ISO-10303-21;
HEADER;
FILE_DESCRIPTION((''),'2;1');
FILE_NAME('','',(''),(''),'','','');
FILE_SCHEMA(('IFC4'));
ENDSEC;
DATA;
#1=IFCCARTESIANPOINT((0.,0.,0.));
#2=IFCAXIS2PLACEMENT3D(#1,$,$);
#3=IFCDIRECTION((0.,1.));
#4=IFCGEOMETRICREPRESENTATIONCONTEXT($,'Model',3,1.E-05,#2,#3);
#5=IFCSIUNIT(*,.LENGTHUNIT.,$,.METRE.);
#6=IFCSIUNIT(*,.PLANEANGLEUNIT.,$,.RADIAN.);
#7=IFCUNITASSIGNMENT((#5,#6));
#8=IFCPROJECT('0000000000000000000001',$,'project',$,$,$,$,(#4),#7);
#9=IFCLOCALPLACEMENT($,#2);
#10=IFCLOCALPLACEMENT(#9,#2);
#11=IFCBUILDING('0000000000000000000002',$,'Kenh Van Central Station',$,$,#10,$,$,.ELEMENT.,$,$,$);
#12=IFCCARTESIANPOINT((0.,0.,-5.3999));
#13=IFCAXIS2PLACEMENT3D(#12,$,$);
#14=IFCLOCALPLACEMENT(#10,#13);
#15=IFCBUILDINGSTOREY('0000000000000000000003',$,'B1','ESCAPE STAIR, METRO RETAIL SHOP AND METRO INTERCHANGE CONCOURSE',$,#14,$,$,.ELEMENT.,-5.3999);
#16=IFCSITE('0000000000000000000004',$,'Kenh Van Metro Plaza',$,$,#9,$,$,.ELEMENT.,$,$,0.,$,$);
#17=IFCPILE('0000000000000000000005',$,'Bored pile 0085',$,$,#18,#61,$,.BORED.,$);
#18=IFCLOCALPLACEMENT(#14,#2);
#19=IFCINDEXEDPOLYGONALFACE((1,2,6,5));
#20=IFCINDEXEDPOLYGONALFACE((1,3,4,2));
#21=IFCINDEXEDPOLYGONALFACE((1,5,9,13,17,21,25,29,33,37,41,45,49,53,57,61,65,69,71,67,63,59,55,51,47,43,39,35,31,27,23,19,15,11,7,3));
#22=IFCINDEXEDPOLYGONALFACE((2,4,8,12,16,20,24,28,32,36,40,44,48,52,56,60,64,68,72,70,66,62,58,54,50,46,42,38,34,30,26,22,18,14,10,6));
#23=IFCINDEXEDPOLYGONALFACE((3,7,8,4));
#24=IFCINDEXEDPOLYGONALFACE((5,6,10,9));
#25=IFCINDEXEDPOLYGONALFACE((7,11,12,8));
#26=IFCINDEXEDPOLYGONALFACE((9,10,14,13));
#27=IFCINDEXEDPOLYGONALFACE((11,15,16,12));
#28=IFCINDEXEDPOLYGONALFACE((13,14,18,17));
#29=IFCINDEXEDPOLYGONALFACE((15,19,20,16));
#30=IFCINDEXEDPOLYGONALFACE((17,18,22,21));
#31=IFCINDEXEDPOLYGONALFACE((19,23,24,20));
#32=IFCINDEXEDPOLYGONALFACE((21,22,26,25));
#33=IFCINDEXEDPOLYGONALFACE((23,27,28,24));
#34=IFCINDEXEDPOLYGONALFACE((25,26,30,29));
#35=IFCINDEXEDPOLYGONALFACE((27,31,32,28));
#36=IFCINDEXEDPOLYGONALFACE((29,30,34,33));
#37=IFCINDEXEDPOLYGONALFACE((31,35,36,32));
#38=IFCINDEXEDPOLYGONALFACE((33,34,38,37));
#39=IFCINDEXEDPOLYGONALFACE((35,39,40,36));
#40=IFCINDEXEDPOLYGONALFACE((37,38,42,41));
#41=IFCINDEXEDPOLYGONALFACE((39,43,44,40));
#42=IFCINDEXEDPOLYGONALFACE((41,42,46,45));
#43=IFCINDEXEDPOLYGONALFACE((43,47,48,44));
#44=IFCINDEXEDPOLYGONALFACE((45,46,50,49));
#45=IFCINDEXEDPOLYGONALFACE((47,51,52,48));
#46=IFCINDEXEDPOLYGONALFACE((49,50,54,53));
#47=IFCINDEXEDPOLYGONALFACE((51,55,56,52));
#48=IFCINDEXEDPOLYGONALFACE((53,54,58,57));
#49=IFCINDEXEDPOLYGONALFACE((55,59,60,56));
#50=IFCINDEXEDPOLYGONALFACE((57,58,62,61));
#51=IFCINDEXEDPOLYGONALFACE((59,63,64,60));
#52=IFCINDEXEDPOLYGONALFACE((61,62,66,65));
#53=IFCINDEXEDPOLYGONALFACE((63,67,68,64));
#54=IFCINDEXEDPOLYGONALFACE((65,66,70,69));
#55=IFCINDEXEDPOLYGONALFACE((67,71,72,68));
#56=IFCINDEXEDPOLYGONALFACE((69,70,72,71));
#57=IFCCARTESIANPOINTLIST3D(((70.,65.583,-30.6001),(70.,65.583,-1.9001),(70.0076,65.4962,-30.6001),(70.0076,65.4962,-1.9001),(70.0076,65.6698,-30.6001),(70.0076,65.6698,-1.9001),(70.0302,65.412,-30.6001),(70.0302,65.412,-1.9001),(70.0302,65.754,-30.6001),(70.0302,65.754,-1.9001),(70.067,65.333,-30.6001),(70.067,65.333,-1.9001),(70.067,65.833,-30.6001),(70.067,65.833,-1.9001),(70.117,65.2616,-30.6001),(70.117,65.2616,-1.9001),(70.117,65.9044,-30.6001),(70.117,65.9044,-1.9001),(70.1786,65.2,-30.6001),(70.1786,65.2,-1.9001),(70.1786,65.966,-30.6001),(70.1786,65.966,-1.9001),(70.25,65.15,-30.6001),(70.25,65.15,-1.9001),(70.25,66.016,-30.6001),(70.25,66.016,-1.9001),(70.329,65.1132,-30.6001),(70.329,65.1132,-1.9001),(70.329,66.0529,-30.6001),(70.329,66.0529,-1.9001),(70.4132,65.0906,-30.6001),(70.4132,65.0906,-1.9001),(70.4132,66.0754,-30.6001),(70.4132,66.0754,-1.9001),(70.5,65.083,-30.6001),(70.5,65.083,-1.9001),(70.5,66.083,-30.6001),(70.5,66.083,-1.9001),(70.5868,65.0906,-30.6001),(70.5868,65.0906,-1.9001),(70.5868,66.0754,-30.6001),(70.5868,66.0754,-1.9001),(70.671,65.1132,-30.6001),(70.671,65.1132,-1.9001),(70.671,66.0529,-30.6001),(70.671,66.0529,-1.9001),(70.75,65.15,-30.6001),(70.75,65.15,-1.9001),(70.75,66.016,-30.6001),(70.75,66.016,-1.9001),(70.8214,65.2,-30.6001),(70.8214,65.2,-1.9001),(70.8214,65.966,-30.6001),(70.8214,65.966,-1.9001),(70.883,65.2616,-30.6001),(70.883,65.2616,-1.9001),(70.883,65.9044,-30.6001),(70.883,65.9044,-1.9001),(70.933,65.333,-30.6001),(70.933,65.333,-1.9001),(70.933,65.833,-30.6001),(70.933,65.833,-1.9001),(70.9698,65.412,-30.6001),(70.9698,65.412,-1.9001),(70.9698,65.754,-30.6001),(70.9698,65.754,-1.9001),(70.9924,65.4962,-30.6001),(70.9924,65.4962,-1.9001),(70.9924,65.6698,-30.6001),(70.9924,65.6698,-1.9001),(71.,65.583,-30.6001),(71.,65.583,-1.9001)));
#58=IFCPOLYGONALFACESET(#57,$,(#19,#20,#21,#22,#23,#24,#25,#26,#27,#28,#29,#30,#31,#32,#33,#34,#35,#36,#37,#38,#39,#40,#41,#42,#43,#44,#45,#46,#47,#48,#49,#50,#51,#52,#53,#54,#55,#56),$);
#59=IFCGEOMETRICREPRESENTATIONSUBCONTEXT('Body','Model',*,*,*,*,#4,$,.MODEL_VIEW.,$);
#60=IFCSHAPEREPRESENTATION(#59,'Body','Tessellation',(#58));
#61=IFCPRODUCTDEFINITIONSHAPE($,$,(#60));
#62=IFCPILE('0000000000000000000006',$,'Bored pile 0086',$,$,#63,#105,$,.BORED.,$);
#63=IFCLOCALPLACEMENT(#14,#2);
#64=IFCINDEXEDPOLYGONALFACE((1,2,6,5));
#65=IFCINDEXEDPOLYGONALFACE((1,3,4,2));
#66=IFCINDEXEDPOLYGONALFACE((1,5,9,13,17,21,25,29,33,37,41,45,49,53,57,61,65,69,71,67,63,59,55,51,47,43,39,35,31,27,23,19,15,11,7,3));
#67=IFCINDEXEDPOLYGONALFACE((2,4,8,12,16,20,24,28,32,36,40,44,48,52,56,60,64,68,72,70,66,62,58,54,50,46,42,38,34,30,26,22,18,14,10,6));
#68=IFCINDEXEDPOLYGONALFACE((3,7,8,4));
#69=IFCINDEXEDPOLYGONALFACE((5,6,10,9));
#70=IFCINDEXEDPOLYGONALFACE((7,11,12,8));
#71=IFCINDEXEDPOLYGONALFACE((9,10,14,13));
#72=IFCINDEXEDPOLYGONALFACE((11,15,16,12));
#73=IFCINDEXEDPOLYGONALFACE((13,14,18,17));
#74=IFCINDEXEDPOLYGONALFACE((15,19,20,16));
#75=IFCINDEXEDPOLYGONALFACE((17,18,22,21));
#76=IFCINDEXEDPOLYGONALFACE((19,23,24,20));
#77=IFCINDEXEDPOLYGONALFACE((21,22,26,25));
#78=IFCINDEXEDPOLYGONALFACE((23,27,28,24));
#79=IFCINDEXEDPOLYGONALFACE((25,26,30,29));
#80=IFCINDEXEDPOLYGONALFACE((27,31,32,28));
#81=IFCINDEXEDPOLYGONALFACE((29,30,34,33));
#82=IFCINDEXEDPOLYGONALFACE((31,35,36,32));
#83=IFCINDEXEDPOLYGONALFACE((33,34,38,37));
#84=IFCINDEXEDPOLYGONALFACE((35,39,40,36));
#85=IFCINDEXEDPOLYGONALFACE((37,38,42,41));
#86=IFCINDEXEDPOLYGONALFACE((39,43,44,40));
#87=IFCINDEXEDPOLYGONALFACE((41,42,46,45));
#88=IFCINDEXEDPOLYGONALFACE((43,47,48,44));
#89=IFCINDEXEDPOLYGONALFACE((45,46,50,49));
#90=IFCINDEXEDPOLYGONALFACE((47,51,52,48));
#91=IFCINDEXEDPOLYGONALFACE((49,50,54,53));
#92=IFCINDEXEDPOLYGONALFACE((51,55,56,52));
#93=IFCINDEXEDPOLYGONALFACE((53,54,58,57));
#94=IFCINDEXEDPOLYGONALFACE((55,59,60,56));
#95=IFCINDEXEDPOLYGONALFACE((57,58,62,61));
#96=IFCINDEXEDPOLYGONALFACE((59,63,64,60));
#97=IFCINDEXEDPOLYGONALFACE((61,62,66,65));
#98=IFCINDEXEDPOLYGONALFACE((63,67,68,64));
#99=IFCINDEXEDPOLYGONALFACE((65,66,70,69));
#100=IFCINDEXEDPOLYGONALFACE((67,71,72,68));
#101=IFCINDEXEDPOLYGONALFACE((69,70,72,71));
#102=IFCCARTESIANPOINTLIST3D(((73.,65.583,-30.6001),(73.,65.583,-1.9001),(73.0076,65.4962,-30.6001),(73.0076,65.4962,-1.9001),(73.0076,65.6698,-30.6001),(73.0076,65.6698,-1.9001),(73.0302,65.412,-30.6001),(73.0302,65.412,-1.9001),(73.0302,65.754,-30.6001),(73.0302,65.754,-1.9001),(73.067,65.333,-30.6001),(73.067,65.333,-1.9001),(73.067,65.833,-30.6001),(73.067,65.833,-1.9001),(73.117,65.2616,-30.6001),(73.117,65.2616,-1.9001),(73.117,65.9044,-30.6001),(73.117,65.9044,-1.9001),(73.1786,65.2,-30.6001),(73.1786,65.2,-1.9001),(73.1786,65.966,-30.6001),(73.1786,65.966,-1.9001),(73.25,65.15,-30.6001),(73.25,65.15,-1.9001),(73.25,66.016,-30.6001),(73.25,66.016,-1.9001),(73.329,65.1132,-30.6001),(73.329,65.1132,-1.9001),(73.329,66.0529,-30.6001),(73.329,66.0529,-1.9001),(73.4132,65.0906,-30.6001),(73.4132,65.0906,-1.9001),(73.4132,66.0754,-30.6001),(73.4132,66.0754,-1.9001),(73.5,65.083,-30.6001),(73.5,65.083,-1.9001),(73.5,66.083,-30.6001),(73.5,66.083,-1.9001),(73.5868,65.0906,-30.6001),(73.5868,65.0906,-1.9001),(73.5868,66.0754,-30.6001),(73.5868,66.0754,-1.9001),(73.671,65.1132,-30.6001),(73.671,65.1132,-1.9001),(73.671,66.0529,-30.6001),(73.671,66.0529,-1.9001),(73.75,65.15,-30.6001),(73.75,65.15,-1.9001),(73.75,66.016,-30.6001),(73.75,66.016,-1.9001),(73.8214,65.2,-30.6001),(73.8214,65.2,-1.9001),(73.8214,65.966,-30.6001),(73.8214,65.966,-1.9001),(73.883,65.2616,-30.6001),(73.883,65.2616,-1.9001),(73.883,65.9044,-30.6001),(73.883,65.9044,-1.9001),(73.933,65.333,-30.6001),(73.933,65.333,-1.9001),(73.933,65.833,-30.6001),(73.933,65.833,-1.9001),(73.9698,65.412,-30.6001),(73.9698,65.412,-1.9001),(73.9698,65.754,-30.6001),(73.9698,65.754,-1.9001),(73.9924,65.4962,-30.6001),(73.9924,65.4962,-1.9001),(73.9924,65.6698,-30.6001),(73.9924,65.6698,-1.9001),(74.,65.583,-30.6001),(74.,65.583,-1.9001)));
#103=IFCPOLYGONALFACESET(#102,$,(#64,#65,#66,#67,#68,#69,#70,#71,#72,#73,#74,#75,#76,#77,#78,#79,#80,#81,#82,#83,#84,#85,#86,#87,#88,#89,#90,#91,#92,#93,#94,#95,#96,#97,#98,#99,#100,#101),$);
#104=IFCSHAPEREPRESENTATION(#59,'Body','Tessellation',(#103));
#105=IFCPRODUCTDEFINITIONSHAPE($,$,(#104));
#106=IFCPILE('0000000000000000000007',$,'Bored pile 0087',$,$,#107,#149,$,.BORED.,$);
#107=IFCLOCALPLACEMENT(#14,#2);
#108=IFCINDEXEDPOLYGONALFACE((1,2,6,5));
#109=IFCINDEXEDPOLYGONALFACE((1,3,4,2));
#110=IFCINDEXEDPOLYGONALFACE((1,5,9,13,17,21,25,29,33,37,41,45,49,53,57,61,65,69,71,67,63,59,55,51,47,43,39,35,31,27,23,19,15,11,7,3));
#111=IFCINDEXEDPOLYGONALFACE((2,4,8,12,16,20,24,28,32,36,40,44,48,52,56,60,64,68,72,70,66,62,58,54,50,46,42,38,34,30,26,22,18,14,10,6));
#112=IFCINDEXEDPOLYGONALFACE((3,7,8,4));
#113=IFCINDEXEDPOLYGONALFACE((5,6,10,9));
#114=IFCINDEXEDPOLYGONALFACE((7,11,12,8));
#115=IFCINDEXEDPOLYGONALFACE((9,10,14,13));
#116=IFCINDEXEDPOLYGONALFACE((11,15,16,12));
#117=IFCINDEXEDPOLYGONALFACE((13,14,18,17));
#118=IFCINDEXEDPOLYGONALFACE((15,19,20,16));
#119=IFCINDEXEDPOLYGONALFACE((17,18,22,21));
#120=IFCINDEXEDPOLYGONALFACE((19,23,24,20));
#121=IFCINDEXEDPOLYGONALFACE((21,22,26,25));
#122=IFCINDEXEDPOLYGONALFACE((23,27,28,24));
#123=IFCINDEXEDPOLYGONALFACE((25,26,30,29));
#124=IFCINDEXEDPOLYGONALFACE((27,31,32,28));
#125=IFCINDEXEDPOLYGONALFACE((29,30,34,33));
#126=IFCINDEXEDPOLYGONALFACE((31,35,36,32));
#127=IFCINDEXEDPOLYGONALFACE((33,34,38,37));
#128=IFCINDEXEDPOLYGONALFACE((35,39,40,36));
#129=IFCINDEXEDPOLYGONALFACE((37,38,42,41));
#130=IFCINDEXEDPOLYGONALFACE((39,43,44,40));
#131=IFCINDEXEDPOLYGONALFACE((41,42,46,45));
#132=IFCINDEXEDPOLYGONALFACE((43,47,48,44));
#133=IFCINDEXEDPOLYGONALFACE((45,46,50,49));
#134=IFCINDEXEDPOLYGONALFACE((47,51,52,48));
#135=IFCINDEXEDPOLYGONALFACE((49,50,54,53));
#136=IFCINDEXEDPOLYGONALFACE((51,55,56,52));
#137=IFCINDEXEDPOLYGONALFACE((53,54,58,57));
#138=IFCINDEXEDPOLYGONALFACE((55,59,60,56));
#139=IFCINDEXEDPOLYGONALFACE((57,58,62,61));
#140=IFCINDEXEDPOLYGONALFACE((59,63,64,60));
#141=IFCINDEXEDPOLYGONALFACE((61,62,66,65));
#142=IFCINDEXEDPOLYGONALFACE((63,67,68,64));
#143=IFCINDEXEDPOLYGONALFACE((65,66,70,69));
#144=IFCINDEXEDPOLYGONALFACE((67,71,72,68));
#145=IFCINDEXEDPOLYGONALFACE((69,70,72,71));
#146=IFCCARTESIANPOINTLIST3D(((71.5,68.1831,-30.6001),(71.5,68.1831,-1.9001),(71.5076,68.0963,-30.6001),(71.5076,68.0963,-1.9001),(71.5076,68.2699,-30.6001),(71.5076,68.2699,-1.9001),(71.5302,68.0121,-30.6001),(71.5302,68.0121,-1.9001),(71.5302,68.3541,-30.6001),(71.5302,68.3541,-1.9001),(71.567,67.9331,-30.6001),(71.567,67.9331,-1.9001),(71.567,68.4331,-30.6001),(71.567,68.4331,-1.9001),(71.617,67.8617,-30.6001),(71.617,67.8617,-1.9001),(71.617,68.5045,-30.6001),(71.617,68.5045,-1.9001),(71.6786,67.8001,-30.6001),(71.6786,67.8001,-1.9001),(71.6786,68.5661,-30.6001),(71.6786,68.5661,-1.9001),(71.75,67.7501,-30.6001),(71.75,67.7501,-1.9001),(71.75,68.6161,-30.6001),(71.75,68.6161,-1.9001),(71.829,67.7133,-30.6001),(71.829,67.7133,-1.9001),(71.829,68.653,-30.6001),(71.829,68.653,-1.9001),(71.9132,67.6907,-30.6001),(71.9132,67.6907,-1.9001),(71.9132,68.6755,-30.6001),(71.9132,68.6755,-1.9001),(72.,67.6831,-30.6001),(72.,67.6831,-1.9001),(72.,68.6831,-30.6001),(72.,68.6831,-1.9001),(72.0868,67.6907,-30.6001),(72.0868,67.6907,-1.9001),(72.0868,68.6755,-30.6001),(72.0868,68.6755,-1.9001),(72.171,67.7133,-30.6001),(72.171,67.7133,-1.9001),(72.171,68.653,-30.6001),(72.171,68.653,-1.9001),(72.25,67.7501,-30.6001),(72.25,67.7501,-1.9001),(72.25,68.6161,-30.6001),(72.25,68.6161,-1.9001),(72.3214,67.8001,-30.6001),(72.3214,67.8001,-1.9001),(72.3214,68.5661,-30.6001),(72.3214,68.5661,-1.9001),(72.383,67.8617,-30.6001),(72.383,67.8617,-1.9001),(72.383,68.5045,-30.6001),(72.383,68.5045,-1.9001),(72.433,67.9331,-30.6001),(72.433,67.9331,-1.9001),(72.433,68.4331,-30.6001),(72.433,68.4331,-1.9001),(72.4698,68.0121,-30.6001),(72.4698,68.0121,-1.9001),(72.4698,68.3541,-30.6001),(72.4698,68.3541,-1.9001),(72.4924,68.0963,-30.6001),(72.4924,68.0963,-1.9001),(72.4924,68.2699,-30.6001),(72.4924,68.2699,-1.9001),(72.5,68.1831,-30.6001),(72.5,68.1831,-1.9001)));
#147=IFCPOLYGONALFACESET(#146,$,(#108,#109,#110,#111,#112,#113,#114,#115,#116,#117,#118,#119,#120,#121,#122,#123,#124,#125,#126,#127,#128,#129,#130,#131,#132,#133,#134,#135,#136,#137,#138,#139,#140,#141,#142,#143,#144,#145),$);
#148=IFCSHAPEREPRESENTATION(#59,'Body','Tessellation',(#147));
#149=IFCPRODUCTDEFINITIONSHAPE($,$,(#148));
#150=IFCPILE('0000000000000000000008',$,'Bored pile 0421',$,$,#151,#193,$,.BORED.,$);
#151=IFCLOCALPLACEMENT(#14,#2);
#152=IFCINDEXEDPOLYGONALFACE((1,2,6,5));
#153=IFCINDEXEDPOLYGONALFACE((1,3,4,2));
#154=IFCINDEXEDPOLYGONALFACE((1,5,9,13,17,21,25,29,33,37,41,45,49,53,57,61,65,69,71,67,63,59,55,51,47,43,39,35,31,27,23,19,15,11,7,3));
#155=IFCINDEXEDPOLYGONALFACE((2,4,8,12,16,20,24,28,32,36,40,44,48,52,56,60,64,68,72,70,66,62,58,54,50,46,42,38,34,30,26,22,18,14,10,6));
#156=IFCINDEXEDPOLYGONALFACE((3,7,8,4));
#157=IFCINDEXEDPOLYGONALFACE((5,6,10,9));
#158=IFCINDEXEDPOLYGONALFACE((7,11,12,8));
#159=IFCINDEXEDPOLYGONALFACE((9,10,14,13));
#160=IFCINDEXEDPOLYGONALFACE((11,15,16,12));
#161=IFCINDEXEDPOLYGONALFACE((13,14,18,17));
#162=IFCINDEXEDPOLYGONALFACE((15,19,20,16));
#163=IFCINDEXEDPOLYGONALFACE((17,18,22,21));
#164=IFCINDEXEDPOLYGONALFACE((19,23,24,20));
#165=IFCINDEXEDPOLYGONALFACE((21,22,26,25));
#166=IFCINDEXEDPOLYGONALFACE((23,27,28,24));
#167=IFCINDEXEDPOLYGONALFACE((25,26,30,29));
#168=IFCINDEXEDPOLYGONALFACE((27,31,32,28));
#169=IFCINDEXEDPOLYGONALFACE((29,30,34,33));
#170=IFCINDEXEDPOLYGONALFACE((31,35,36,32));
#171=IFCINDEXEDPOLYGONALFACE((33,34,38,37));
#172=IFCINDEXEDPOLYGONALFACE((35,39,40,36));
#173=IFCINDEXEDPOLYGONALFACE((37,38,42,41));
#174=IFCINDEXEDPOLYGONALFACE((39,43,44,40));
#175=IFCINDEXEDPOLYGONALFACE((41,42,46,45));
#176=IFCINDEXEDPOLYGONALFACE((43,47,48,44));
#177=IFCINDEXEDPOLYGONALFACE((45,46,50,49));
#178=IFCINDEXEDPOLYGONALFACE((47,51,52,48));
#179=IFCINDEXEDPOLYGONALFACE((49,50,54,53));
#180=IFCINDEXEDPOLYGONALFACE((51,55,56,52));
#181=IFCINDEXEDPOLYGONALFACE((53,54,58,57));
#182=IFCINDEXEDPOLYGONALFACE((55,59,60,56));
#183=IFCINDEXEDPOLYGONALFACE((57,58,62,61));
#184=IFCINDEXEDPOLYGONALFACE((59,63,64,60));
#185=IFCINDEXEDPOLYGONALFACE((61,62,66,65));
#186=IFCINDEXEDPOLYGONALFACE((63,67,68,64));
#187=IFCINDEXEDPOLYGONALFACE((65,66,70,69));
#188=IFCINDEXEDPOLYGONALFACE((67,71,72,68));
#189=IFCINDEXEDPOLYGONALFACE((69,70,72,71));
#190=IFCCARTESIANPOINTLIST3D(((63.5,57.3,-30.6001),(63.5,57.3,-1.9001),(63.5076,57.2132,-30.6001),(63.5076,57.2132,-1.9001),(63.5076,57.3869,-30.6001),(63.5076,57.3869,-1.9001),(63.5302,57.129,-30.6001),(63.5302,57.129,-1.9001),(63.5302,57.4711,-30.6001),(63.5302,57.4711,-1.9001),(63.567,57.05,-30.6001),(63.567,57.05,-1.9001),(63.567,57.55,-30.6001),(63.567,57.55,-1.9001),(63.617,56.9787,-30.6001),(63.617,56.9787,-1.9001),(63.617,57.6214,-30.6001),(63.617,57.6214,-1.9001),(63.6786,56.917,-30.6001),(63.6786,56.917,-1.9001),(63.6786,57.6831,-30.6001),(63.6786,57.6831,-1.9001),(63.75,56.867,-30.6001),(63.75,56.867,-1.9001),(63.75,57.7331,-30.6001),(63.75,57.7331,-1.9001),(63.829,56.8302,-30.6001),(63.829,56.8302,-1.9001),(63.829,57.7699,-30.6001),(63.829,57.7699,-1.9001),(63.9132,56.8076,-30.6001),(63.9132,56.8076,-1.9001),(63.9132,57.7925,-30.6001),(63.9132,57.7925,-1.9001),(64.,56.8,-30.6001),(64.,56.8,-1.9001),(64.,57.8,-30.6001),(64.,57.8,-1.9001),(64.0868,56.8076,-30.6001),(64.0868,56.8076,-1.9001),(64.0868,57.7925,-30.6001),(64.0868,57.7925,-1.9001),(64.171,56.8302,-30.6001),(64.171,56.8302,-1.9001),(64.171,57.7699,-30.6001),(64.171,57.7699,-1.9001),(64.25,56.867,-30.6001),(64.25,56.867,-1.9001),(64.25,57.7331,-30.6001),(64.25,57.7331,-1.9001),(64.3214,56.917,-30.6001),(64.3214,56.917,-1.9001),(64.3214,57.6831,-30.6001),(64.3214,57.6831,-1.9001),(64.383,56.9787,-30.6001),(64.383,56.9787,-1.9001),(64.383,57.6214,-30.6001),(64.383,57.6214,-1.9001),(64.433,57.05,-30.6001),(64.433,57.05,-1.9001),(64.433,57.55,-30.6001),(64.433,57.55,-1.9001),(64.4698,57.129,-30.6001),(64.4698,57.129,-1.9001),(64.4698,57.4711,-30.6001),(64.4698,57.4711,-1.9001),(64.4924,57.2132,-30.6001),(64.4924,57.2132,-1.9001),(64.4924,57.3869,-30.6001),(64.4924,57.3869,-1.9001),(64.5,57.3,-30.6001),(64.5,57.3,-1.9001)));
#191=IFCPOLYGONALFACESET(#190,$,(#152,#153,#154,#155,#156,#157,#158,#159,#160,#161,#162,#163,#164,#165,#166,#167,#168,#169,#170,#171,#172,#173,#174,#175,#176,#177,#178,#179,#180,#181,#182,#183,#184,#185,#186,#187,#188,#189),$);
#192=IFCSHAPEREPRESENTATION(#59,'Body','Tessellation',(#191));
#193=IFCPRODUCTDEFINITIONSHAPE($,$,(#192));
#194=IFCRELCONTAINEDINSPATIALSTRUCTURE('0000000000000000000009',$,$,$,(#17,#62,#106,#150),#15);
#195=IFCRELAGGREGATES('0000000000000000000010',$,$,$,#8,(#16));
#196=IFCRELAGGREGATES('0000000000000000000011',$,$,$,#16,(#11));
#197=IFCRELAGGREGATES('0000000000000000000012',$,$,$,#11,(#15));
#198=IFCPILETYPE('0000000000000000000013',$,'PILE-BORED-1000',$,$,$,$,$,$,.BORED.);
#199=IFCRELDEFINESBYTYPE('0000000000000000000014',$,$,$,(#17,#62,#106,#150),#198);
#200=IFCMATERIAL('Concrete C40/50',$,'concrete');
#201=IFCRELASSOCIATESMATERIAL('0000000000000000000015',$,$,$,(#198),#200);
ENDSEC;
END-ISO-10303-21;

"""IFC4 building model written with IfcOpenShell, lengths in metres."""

from ifc_helpers import new_model, si_unit, direction, frame, origin, origin_2d, place, context, subcontext, project, spatial, circle, extrude, material, material_profile, profile_set, type_object, element, save


model = new_model("IFC4")

# Units and contexts
model_context = context("Model", 3, precision=1e-05, world=origin(), true_north=direction((0.0, 1.0)))
body_context = subcontext(model_context, "Body", "Model", "MODEL_VIEW")
ifc_project = project(units=[si_unit("LENGTHUNIT", "METRE"), si_unit("PLANEANGLEUNIT", "RADIAN")], contexts=[model_context])

# Site, building, storey
site_placement = place(None, origin())
site = spatial("IfcSite", under=ifc_project, at=site_placement, Name="Kenh Van Metro Plaza", CompositionType="ELEMENT", RefElevation=0.0)
building_placement = place(site_placement, origin())
building = spatial("IfcBuilding", under=site, at=building_placement, Name="Kenh Van Central Station", CompositionType="ELEMENT")
storey_placement = place(building_placement, frame((0.0, 0.0, -5.3999)))
storey = spatial("IfcBuildingStorey", under=building, at=storey_placement, Name="B1", Description="ESCAPE STAIR, METRO RETAIL SHOP AND METRO INTERCHANGE CONCOURSE", CompositionType="ELEMENT", Elevation=-5.3999)

# Shared definitions
ifc_material_1 = material(Name="Concrete C40/50", Category="concrete")

# Piles
ifc_material_profile_1 = material_profile(ifc_material_1, circle(Radius=0.5, at=origin_2d()), Name="PILE D1000")
ifc_profile_set_1 = profile_set([ifc_material_profile_1], Name="Concrete C40/50")
pile_type_1 = type_object("IfcPileType", Name="PILE-BORED-1000", PredefinedType="BORED", material=ifc_profile_set_1)
for number, where, z_axis, x_axis, name in (
    (1, (70.5, 65.583, -1.9001), (0.0, 0.0, -1.0), (1.0, 0.0, 0.0), "Bored pile 0085"),
    (2, (73.5, 65.583, -1.9001), (0.0, 0.0, -1.0), (1.0, 0.0, 0.0), "Bored pile 0086"),
    (3, (72.0, 68.1831, -1.9001), (0.0, 0.0, -1.0), (1.0, 0.0, 0.0), "Bored pile 0087"),
    (4, (64.0, 57.3, -1.9001), (0.0, 0.0, -1.0), (1.0, 0.0, 0.0), "Bored pile 0421"),
):
    element("IfcPile", number, at=place(storey_placement, frame(where, z_axis=z_axis, x_axis=x_axis)), inside=storey, type_object=pile_type_1, Name=name, PredefinedType="BORED", context=body_context, shape_type="SweptSolid", body=[
        extrude(circle(Radius=0.5, at=origin_2d()), origin(), (0.0, 0.0, 1.0), 28.7),
    ])

save(model, "model.ifc")
